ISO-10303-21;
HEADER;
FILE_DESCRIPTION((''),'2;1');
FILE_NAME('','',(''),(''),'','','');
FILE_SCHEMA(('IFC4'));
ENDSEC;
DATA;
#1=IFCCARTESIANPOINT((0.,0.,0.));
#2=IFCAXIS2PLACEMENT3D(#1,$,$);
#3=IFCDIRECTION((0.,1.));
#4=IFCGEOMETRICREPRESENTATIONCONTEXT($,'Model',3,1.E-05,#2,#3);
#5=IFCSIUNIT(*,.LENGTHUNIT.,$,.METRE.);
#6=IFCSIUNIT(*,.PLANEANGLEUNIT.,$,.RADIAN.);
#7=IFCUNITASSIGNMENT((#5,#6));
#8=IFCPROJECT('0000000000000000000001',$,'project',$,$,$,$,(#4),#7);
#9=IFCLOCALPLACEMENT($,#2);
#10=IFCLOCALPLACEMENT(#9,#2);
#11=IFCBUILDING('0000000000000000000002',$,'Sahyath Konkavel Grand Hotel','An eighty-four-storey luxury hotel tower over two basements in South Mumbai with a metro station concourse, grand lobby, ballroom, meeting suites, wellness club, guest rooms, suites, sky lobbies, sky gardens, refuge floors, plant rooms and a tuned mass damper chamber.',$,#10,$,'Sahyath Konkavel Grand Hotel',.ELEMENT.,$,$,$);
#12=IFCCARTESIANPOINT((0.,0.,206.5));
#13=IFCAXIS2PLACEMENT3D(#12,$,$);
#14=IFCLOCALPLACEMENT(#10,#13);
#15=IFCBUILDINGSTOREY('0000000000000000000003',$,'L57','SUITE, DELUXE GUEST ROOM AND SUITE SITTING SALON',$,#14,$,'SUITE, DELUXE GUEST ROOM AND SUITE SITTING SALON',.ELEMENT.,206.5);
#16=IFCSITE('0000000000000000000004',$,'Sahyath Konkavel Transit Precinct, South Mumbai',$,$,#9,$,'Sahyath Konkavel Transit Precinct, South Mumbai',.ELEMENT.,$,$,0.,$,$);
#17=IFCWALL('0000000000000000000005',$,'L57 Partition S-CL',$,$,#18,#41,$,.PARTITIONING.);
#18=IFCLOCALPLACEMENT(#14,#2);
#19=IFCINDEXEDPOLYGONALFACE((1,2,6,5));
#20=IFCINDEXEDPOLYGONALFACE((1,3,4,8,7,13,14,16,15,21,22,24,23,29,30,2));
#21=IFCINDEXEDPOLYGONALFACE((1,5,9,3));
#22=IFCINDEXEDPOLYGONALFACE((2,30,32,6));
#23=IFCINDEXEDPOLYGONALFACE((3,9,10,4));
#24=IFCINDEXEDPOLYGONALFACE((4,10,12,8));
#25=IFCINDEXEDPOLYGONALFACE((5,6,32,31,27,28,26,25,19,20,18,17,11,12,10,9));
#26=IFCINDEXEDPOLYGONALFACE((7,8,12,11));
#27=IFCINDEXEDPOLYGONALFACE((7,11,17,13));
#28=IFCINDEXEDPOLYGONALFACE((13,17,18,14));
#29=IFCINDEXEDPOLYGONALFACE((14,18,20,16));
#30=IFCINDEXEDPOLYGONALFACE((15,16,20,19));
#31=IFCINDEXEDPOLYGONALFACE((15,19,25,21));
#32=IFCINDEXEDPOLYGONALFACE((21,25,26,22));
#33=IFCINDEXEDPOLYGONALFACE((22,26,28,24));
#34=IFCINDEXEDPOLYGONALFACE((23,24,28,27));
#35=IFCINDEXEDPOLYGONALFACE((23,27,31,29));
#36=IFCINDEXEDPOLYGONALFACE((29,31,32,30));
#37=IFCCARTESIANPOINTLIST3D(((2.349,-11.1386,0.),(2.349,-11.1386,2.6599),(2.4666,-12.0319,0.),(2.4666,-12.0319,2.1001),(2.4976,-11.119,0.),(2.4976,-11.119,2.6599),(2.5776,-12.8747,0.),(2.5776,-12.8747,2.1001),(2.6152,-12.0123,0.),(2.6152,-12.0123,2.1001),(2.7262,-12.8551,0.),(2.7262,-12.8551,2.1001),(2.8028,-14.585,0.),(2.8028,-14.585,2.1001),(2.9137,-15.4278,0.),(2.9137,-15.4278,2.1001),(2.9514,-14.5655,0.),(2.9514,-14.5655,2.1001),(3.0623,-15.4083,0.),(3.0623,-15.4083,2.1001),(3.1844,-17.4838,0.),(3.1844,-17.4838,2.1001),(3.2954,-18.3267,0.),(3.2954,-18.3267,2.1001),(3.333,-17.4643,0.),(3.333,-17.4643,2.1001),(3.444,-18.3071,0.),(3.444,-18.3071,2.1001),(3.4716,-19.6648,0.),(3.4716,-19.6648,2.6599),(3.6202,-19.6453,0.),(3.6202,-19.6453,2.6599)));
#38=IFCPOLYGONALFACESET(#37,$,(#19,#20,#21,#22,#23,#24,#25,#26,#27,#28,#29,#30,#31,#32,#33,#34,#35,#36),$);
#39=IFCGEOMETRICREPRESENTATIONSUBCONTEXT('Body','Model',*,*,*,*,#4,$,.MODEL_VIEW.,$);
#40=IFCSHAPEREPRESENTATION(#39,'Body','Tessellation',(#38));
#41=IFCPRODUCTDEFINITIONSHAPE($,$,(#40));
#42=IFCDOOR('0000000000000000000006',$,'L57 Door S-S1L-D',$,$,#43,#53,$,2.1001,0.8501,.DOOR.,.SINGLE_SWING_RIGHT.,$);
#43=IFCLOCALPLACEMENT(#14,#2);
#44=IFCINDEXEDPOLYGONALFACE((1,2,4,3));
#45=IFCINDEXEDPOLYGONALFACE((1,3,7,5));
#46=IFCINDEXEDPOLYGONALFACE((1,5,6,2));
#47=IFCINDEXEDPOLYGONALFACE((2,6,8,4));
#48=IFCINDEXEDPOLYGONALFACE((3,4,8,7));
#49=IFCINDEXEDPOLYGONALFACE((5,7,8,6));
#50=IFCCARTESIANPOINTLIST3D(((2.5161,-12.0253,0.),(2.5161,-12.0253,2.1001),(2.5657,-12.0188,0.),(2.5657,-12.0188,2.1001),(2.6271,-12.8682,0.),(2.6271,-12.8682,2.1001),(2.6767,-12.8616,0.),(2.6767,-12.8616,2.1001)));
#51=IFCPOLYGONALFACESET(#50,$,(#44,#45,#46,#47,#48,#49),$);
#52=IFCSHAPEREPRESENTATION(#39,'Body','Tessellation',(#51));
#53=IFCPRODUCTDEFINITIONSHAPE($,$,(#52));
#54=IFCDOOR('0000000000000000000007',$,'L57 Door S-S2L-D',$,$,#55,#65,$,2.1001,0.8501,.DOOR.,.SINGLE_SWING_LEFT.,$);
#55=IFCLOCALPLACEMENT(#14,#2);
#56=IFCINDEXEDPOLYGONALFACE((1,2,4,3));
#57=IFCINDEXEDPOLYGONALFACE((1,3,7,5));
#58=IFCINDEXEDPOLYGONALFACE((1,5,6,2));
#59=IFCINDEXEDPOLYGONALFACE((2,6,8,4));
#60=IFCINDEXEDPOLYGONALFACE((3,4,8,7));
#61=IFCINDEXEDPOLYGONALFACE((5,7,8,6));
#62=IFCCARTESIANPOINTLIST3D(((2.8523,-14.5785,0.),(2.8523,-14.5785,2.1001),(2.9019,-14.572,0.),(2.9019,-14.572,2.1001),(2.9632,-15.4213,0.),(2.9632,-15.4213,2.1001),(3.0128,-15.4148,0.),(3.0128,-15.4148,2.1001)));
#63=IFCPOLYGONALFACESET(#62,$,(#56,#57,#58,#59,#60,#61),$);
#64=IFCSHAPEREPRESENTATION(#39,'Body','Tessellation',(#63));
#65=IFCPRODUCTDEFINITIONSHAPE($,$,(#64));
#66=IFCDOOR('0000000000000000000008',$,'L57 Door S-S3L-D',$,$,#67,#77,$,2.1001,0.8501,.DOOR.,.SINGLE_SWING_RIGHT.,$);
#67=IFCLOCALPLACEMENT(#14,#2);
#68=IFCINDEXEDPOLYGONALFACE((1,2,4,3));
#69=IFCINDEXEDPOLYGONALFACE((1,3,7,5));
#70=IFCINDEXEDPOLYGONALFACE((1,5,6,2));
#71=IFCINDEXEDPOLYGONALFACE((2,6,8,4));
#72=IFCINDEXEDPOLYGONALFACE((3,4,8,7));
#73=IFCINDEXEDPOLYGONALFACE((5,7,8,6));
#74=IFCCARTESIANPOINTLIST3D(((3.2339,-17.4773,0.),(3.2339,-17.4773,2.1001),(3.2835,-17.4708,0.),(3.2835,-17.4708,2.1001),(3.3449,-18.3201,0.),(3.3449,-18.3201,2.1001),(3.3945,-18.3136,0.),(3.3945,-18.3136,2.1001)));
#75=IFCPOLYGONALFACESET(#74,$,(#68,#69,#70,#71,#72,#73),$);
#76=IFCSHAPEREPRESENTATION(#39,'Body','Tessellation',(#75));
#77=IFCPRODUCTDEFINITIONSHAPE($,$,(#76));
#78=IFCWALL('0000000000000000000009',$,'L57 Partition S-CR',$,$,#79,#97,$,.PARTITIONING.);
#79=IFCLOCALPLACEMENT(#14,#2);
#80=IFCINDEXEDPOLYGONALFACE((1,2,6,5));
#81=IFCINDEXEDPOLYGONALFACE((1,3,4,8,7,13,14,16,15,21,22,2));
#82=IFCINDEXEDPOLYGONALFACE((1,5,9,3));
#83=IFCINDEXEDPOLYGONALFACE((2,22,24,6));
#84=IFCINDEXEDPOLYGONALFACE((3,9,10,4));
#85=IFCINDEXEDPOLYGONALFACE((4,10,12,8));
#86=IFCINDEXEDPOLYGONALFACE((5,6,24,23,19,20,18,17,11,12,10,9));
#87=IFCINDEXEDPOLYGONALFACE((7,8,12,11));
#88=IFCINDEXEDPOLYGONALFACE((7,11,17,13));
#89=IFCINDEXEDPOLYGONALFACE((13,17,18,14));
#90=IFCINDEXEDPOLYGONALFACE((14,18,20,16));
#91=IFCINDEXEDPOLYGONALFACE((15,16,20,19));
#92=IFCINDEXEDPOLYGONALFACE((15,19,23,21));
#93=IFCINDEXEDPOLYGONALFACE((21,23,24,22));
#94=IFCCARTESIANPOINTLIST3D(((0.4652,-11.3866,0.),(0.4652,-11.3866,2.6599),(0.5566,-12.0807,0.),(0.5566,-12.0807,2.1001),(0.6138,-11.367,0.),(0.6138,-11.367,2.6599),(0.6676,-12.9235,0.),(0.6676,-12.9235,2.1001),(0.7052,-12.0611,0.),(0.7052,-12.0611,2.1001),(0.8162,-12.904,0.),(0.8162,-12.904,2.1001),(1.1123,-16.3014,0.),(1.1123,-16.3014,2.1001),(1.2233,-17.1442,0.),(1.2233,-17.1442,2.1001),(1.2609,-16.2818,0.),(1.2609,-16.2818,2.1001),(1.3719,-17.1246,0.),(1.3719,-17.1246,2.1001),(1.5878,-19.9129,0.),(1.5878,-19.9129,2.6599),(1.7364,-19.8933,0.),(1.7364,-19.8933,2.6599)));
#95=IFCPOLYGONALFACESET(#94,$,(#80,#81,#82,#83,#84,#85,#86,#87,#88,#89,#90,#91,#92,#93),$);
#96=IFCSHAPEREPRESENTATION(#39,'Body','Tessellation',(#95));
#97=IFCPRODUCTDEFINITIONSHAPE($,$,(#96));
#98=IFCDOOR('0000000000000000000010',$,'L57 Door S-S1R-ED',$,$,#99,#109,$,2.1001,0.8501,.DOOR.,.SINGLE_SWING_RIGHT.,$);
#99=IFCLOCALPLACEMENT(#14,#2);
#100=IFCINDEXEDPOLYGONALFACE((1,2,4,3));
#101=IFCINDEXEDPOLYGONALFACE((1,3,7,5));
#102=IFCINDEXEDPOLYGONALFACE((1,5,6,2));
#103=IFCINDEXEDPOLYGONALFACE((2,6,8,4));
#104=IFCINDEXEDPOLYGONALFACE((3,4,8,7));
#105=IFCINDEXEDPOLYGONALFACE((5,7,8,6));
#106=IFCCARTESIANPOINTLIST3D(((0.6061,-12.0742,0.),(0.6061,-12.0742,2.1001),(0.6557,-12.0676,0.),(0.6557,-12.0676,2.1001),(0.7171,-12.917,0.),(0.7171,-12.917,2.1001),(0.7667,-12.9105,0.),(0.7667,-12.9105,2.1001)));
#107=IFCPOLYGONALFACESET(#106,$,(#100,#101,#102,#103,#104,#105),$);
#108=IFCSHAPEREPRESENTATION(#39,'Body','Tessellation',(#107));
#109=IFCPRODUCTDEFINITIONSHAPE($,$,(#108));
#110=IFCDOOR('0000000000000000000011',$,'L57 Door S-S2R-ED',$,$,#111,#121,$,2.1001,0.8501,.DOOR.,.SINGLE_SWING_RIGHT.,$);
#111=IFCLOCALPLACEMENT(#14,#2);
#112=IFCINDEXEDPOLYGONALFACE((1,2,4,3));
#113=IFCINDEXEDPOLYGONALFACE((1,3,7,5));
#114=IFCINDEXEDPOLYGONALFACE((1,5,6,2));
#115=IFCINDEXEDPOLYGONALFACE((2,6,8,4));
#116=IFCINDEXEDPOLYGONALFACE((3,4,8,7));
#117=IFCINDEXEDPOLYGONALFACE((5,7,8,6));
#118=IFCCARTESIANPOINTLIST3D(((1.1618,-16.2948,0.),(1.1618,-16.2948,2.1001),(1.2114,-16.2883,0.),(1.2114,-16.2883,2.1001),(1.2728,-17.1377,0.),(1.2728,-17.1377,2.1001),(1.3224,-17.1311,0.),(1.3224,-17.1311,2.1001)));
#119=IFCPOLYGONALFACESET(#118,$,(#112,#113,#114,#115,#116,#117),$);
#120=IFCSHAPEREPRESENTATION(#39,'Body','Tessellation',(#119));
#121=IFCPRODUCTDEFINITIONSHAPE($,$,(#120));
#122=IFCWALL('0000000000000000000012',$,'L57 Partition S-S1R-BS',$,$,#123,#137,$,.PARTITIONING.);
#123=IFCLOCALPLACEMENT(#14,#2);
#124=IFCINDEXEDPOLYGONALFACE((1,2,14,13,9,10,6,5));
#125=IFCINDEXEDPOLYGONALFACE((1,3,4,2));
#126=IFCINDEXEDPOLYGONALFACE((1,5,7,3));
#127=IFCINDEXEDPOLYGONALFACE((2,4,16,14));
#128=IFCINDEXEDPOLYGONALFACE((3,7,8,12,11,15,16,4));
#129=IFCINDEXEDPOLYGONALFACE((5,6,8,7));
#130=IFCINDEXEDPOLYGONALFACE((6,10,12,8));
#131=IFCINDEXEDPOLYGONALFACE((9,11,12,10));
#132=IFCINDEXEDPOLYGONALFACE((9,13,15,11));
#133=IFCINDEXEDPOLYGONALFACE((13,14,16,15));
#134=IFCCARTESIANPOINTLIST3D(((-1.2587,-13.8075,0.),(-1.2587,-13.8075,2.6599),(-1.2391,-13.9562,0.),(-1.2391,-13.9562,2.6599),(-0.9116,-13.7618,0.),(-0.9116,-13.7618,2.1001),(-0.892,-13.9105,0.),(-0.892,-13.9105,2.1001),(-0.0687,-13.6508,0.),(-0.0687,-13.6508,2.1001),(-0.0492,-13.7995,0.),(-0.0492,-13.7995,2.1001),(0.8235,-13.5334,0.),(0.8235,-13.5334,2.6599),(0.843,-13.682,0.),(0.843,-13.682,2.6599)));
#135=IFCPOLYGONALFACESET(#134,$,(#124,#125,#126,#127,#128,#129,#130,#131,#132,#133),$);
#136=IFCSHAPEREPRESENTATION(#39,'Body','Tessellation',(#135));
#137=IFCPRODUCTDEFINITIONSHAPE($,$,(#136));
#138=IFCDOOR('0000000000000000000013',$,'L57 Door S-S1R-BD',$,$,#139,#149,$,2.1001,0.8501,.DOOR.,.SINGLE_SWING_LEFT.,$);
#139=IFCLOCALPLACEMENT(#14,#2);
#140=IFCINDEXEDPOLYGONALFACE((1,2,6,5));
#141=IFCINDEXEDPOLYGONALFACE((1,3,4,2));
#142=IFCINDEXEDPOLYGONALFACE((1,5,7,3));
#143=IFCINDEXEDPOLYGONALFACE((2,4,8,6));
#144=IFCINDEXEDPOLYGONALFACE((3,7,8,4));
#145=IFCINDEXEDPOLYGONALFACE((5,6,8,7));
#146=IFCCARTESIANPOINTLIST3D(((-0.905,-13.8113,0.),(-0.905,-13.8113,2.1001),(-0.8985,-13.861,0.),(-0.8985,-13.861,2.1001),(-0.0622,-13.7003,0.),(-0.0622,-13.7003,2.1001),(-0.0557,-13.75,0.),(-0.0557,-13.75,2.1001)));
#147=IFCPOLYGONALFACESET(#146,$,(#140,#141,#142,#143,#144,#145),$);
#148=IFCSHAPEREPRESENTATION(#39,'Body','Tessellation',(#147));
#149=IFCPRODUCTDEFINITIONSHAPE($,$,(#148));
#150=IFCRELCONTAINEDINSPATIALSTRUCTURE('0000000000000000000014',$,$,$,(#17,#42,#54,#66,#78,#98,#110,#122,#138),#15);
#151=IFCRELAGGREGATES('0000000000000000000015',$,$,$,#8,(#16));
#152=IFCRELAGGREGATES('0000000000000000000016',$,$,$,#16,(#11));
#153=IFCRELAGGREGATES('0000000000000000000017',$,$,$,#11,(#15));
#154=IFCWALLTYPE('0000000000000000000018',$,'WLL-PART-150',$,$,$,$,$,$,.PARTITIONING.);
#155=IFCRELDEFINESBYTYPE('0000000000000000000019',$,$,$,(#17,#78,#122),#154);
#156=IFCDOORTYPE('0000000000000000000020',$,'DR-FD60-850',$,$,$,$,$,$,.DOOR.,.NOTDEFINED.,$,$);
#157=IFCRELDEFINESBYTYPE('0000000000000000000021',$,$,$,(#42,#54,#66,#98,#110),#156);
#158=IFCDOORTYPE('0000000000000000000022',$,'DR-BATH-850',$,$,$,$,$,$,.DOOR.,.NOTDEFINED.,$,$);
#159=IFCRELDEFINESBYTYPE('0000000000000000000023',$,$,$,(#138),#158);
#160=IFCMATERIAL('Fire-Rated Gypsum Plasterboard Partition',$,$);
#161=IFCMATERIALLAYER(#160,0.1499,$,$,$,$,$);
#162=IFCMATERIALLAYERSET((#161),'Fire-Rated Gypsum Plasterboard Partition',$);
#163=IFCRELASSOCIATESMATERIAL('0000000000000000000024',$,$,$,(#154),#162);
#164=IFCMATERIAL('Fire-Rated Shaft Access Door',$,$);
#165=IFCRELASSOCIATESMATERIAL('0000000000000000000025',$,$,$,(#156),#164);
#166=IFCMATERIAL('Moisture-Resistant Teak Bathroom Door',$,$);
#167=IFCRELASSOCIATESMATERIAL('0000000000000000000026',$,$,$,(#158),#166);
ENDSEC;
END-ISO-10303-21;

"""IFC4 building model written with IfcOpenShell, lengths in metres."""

from ifc_helpers import new_model, si_unit, direction, frame, frame_2d, origin, origin_2d, place, context, subcontext, project, spatial, rectangle, extrude, source, transform, mapped, material, layer, layer_set, type_object, element, fill, save


model = new_model("IFC4")

# Units and contexts
model_context = context("Model", 3, precision=1e-05, world=origin(), true_north=direction((0.0, 1.0)))
body_context = subcontext(model_context, "Body", "Model", "MODEL_VIEW")
ifc_project = project(units=[si_unit("LENGTHUNIT", "METRE"), si_unit("PLANEANGLEUNIT", "RADIAN")], contexts=[model_context])

# Site, building, storey
site_placement = place(None, origin())
site = spatial("IfcSite", under=ifc_project, at=site_placement, Name="Sahyath Konkavel Transit Precinct, South Mumbai", LongName="Sahyath Konkavel Transit Precinct, South Mumbai", CompositionType="ELEMENT", RefElevation=0.0)
building_placement = place(site_placement, origin())
building = spatial("IfcBuilding", under=site, at=building_placement, Name="Sahyath Konkavel Grand Hotel", Description="An eighty-four-storey luxury hotel tower over two basements in South Mumbai with a metro station concourse, grand lobby, ballroom, meeting suites, wellness club, guest rooms, suites, sky lobbies, sky gardens, refuge floors, plant rooms and a tuned mass damper chamber.", LongName="Sahyath Konkavel Grand Hotel", CompositionType="ELEMENT")
storey_placement = place(building_placement, frame((0.0, 0.0, 206.5)))
storey = spatial("IfcBuildingStorey", under=building, at=storey_placement, Name="L57", Description="SUITE, DELUXE GUEST ROOM AND SUITE SITTING SALON", LongName="SUITE, DELUXE GUEST ROOM AND SUITE SITTING SALON", CompositionType="ELEMENT", Elevation=206.5)

# Walls, openings, doors
ifc_material_1 = material(Name="Fire-Rated Gypsum Plasterboard Partition")
ifc_layer_1 = layer(ifc_material_1, 0.1499)
ifc_layer_set_1 = layer_set([ifc_layer_1], Name="Fire-Rated Gypsum Plasterboard Partition")
wall_type_1 = type_object("IfcWallType", Name="WLL-PART-150", PredefinedType="PARTITIONING", material=ifc_layer_set_1)
wall_1_placement = place(storey_placement, frame((2.4233, -11.1289, 0.0), z_axis=(0.0, 0.0, 1.0), x_axis=(0.130531, -0.991444, 0.0)))
wall_1 = element("IfcWall", 1, at=wall_1_placement, inside=storey, type_object=wall_type_1, Name="L57 Partition S-CL", PredefinedType="PARTITIONING", context=body_context, shape_type="SweptSolid", body=[
    extrude(rectangle(XDim=8.5999, YDim=0.1499, at=frame_2d((4.2998, 0.0))), origin(), (0.0, 0.0, 1.0), 2.6599),
])
opening_1_placement = place(wall_1_placement, frame((0.9009, 0.0, 0.0)))
opening_1 = element("IfcOpeningElement", 2, at=opening_1_placement, cuts=wall_1, PredefinedType="OPENING", context=body_context, shape_type="SweptSolid", body=[
    extrude(rectangle(XDim=0.8501, YDim=2.1001, at=frame_2d((0.425, 1.05))), frame((0.0, 0.085, 0.0), z_axis=(0.0, -1.0, 0.0), x_axis=(1.0, 0.0, 0.0)), (0.0, 0.0, 1.0), 0.1699),
])
opening_2_placement = place(wall_1_placement, frame((3.4761, 0.0, 0.0)))
opening_2 = element("IfcOpeningElement", 3, at=opening_2_placement, cuts=wall_1, PredefinedType="OPENING", context=body_context, shape_type="SweptSolid", body=[
    extrude(rectangle(XDim=0.8501, YDim=2.1001, at=frame_2d((0.425, 1.05))), frame((0.0, 0.085, 0.0), z_axis=(0.0, -1.0, 0.0), x_axis=(1.0, 0.0, 0.0)), (0.0, 0.0, 1.0), 0.1699),
])
opening_3_placement = place(wall_1_placement, frame((6.3999, 0.0, 0.0)))
opening_3 = element("IfcOpeningElement", 4, at=opening_3_placement, cuts=wall_1, PredefinedType="OPENING", context=body_context, shape_type="SweptSolid", body=[
    extrude(rectangle(XDim=0.8501, YDim=2.1001, at=frame_2d((0.425, 1.05))), frame((0.0, 0.085, 0.0), z_axis=(0.0, -1.0, 0.0), x_axis=(1.0, 0.0, 0.0)), (0.0, 0.0, 1.0), 0.1699),
])
ifc_material_2 = material(Name="Fire-Rated Shaft Access Door")
door_type_1 = type_object("IfcDoorType", Name="DR-FD60-850", OperationType="NOTDEFINED", PredefinedType="DOOR", material=ifc_material_2)
shared_shape_1 = source(origin(), body_context, "Body", "SweptSolid", [
    extrude(rectangle(XDim=0.8501, YDim=0.05, at=origin_2d()), origin(), (0.0, 0.0, 1.0), 2.1001),
])
door_1_placement = place(opening_1_placement, frame((0.425, 0.0, 0.0)))
door_1 = element("IfcDoor", 5, at=door_1_placement, inside=storey, type_object=door_type_1, Name="L57 Door S-S1L-D", OperationType="SINGLE_SWING_RIGHT", OverallHeight=2.1001, OverallWidth=0.8501, PredefinedType="DOOR", context=body_context, shape_type="MappedRepresentation", body=[
    mapped(shared_shape_1, transform((0.0, 0.0, 0.0), scale=1.0)),
])
fill(opening_1, door_1)
door_2_placement = place(opening_2_placement, frame((0.425, 0.0, 0.0)))
door_2 = element("IfcDoor", 6, at=door_2_placement, inside=storey, type_object=door_type_1, Name="L57 Door S-S2L-D", OperationType="SINGLE_SWING_LEFT", OverallHeight=2.1001, OverallWidth=0.8501, PredefinedType="DOOR", context=body_context, shape_type="MappedRepresentation", body=[
    mapped(shared_shape_1, transform((0.0, 0.0, 0.0), scale=1.0)),
])
fill(opening_2, door_2)
door_3_placement = place(opening_3_placement, frame((0.425, 0.0, 0.0)))
door_3 = element("IfcDoor", 7, at=door_3_placement, inside=storey, type_object=door_type_1, Name="L57 Door S-S3L-D", OperationType="SINGLE_SWING_RIGHT", OverallHeight=2.1001, OverallWidth=0.8501, PredefinedType="DOOR", context=body_context, shape_type="MappedRepresentation", body=[
    mapped(shared_shape_1, transform((0.0, 0.0, 0.0), scale=1.0)),
])
fill(opening_3, door_3)
wall_2_placement = place(storey_placement, frame((0.5396, -11.377, 0.0), z_axis=(0.0, 0.0, 1.0), x_axis=(0.130531, -0.991444, 0.0)))
wall_2 = element("IfcWall", 8, at=wall_2_placement, inside=storey, type_object=wall_type_1, Name="L57 Partition S-CR", PredefinedType="PARTITIONING", context=body_context, shape_type="SweptSolid", body=[
    extrude(rectangle(XDim=8.5999, YDim=0.1499, at=frame_2d((4.2998, 0.0))), origin(), (0.0, 0.0, 1.0), 2.6599),
])
opening_4_placement = place(wall_2_placement, frame((0.7, 0.0, 0.0)))
opening_4 = element("IfcOpeningElement", 9, at=opening_4_placement, cuts=wall_2, PredefinedType="OPENING", context=body_context, shape_type="SweptSolid", body=[
    extrude(rectangle(XDim=0.8501, YDim=2.1001, at=frame_2d((0.425, 1.05))), frame((0.0, 0.085, 0.0), z_axis=(0.0, -1.0, 0.0), x_axis=(1.0, 0.0, 0.0)), (0.0, 0.0, 1.0), 0.1699),
])
opening_5_placement = place(wall_2_placement, frame((4.957, 0.0, 0.0)))
opening_5 = element("IfcOpeningElement", 10, at=opening_5_placement, cuts=wall_2, PredefinedType="OPENING", context=body_context, shape_type="SweptSolid", body=[
    extrude(rectangle(XDim=0.8501, YDim=2.1001, at=frame_2d((0.425, 1.05))), frame((0.0, 0.085, 0.0), z_axis=(0.0, -1.0, 0.0), x_axis=(1.0, 0.0, 0.0)), (0.0, 0.0, 1.0), 0.1699),
])
door_4_placement = place(opening_4_placement, frame((0.425, 0.0, 0.0)))
door_4 = element("IfcDoor", 11, at=door_4_placement, inside=storey, type_object=door_type_1, Name="L57 Door S-S1R-ED", OperationType="SINGLE_SWING_RIGHT", OverallHeight=2.1001, OverallWidth=0.8501, PredefinedType="DOOR", context=body_context, shape_type="MappedRepresentation", body=[
    mapped(shared_shape_1, transform((0.0, 0.0, 0.0), scale=1.0)),
])
fill(opening_4, door_4)
door_5_placement = place(opening_5_placement, frame((0.425, 0.0, 0.0)))
door_5 = element("IfcDoor", 12, at=door_5_placement, inside=storey, type_object=door_type_1, Name="L57 Door S-S2R-ED", OperationType="SINGLE_SWING_RIGHT", OverallHeight=2.1001, OverallWidth=0.8501, PredefinedType="DOOR", context=body_context, shape_type="MappedRepresentation", body=[
    mapped(shared_shape_1, transform((0.0, 0.0, 0.0), scale=1.0)),
])
fill(opening_5, door_5)

# Wall, opening, door
wall_3_placement = place(storey_placement, frame((0.8333, -13.6077, 0.0), z_axis=(0.0, 0.0, 1.0), x_axis=(-0.991441, -0.130557, 0.0)))
wall_3 = element("IfcWall", 13, at=wall_3_placement, inside=storey, type_object=wall_type_1, Name="L57 Partition S-S1R-BS", PredefinedType="PARTITIONING", context=body_context, shape_type="SweptSolid", body=[
    extrude(rectangle(XDim=2.1001, YDim=0.1499, at=frame_2d((1.05, 0.0))), origin(), (0.0, 0.0, 1.0), 2.6599),
])
opening_6_placement = place(wall_3_placement, frame((0.8999, 0.0, 0.0)))
opening_6 = element("IfcOpeningElement", 14, at=opening_6_placement, cuts=wall_3, PredefinedType="OPENING", context=body_context, shape_type="SweptSolid", body=[
    extrude(rectangle(XDim=0.8501, YDim=2.1001, at=frame_2d((0.425, 1.05))), frame((0.0, 0.085, 0.0), z_axis=(0.0, -1.0, 0.0), x_axis=(1.0, 0.0, 0.0)), (0.0, 0.0, 1.0), 0.1699),
])
ifc_material_3 = material(Name="Moisture-Resistant Teak Bathroom Door")
door_type_2 = type_object("IfcDoorType", Name="DR-BATH-850", OperationType="NOTDEFINED", PredefinedType="DOOR", material=ifc_material_3)
door_6_placement = place(opening_6_placement, frame((0.425, 0.0, 0.0)))
door_6 = element("IfcDoor", 15, at=door_6_placement, inside=storey, type_object=door_type_2, Name="L57 Door S-S1R-BD", OperationType="SINGLE_SWING_LEFT", OverallHeight=2.1001, OverallWidth=0.8501, PredefinedType="DOOR", context=body_context, shape_type="MappedRepresentation", body=[
    mapped(shared_shape_1, transform((0.0, 0.0, 0.0), scale=1.0)),
])
fill(opening_6, door_6)

save(model, "model.ifc")
